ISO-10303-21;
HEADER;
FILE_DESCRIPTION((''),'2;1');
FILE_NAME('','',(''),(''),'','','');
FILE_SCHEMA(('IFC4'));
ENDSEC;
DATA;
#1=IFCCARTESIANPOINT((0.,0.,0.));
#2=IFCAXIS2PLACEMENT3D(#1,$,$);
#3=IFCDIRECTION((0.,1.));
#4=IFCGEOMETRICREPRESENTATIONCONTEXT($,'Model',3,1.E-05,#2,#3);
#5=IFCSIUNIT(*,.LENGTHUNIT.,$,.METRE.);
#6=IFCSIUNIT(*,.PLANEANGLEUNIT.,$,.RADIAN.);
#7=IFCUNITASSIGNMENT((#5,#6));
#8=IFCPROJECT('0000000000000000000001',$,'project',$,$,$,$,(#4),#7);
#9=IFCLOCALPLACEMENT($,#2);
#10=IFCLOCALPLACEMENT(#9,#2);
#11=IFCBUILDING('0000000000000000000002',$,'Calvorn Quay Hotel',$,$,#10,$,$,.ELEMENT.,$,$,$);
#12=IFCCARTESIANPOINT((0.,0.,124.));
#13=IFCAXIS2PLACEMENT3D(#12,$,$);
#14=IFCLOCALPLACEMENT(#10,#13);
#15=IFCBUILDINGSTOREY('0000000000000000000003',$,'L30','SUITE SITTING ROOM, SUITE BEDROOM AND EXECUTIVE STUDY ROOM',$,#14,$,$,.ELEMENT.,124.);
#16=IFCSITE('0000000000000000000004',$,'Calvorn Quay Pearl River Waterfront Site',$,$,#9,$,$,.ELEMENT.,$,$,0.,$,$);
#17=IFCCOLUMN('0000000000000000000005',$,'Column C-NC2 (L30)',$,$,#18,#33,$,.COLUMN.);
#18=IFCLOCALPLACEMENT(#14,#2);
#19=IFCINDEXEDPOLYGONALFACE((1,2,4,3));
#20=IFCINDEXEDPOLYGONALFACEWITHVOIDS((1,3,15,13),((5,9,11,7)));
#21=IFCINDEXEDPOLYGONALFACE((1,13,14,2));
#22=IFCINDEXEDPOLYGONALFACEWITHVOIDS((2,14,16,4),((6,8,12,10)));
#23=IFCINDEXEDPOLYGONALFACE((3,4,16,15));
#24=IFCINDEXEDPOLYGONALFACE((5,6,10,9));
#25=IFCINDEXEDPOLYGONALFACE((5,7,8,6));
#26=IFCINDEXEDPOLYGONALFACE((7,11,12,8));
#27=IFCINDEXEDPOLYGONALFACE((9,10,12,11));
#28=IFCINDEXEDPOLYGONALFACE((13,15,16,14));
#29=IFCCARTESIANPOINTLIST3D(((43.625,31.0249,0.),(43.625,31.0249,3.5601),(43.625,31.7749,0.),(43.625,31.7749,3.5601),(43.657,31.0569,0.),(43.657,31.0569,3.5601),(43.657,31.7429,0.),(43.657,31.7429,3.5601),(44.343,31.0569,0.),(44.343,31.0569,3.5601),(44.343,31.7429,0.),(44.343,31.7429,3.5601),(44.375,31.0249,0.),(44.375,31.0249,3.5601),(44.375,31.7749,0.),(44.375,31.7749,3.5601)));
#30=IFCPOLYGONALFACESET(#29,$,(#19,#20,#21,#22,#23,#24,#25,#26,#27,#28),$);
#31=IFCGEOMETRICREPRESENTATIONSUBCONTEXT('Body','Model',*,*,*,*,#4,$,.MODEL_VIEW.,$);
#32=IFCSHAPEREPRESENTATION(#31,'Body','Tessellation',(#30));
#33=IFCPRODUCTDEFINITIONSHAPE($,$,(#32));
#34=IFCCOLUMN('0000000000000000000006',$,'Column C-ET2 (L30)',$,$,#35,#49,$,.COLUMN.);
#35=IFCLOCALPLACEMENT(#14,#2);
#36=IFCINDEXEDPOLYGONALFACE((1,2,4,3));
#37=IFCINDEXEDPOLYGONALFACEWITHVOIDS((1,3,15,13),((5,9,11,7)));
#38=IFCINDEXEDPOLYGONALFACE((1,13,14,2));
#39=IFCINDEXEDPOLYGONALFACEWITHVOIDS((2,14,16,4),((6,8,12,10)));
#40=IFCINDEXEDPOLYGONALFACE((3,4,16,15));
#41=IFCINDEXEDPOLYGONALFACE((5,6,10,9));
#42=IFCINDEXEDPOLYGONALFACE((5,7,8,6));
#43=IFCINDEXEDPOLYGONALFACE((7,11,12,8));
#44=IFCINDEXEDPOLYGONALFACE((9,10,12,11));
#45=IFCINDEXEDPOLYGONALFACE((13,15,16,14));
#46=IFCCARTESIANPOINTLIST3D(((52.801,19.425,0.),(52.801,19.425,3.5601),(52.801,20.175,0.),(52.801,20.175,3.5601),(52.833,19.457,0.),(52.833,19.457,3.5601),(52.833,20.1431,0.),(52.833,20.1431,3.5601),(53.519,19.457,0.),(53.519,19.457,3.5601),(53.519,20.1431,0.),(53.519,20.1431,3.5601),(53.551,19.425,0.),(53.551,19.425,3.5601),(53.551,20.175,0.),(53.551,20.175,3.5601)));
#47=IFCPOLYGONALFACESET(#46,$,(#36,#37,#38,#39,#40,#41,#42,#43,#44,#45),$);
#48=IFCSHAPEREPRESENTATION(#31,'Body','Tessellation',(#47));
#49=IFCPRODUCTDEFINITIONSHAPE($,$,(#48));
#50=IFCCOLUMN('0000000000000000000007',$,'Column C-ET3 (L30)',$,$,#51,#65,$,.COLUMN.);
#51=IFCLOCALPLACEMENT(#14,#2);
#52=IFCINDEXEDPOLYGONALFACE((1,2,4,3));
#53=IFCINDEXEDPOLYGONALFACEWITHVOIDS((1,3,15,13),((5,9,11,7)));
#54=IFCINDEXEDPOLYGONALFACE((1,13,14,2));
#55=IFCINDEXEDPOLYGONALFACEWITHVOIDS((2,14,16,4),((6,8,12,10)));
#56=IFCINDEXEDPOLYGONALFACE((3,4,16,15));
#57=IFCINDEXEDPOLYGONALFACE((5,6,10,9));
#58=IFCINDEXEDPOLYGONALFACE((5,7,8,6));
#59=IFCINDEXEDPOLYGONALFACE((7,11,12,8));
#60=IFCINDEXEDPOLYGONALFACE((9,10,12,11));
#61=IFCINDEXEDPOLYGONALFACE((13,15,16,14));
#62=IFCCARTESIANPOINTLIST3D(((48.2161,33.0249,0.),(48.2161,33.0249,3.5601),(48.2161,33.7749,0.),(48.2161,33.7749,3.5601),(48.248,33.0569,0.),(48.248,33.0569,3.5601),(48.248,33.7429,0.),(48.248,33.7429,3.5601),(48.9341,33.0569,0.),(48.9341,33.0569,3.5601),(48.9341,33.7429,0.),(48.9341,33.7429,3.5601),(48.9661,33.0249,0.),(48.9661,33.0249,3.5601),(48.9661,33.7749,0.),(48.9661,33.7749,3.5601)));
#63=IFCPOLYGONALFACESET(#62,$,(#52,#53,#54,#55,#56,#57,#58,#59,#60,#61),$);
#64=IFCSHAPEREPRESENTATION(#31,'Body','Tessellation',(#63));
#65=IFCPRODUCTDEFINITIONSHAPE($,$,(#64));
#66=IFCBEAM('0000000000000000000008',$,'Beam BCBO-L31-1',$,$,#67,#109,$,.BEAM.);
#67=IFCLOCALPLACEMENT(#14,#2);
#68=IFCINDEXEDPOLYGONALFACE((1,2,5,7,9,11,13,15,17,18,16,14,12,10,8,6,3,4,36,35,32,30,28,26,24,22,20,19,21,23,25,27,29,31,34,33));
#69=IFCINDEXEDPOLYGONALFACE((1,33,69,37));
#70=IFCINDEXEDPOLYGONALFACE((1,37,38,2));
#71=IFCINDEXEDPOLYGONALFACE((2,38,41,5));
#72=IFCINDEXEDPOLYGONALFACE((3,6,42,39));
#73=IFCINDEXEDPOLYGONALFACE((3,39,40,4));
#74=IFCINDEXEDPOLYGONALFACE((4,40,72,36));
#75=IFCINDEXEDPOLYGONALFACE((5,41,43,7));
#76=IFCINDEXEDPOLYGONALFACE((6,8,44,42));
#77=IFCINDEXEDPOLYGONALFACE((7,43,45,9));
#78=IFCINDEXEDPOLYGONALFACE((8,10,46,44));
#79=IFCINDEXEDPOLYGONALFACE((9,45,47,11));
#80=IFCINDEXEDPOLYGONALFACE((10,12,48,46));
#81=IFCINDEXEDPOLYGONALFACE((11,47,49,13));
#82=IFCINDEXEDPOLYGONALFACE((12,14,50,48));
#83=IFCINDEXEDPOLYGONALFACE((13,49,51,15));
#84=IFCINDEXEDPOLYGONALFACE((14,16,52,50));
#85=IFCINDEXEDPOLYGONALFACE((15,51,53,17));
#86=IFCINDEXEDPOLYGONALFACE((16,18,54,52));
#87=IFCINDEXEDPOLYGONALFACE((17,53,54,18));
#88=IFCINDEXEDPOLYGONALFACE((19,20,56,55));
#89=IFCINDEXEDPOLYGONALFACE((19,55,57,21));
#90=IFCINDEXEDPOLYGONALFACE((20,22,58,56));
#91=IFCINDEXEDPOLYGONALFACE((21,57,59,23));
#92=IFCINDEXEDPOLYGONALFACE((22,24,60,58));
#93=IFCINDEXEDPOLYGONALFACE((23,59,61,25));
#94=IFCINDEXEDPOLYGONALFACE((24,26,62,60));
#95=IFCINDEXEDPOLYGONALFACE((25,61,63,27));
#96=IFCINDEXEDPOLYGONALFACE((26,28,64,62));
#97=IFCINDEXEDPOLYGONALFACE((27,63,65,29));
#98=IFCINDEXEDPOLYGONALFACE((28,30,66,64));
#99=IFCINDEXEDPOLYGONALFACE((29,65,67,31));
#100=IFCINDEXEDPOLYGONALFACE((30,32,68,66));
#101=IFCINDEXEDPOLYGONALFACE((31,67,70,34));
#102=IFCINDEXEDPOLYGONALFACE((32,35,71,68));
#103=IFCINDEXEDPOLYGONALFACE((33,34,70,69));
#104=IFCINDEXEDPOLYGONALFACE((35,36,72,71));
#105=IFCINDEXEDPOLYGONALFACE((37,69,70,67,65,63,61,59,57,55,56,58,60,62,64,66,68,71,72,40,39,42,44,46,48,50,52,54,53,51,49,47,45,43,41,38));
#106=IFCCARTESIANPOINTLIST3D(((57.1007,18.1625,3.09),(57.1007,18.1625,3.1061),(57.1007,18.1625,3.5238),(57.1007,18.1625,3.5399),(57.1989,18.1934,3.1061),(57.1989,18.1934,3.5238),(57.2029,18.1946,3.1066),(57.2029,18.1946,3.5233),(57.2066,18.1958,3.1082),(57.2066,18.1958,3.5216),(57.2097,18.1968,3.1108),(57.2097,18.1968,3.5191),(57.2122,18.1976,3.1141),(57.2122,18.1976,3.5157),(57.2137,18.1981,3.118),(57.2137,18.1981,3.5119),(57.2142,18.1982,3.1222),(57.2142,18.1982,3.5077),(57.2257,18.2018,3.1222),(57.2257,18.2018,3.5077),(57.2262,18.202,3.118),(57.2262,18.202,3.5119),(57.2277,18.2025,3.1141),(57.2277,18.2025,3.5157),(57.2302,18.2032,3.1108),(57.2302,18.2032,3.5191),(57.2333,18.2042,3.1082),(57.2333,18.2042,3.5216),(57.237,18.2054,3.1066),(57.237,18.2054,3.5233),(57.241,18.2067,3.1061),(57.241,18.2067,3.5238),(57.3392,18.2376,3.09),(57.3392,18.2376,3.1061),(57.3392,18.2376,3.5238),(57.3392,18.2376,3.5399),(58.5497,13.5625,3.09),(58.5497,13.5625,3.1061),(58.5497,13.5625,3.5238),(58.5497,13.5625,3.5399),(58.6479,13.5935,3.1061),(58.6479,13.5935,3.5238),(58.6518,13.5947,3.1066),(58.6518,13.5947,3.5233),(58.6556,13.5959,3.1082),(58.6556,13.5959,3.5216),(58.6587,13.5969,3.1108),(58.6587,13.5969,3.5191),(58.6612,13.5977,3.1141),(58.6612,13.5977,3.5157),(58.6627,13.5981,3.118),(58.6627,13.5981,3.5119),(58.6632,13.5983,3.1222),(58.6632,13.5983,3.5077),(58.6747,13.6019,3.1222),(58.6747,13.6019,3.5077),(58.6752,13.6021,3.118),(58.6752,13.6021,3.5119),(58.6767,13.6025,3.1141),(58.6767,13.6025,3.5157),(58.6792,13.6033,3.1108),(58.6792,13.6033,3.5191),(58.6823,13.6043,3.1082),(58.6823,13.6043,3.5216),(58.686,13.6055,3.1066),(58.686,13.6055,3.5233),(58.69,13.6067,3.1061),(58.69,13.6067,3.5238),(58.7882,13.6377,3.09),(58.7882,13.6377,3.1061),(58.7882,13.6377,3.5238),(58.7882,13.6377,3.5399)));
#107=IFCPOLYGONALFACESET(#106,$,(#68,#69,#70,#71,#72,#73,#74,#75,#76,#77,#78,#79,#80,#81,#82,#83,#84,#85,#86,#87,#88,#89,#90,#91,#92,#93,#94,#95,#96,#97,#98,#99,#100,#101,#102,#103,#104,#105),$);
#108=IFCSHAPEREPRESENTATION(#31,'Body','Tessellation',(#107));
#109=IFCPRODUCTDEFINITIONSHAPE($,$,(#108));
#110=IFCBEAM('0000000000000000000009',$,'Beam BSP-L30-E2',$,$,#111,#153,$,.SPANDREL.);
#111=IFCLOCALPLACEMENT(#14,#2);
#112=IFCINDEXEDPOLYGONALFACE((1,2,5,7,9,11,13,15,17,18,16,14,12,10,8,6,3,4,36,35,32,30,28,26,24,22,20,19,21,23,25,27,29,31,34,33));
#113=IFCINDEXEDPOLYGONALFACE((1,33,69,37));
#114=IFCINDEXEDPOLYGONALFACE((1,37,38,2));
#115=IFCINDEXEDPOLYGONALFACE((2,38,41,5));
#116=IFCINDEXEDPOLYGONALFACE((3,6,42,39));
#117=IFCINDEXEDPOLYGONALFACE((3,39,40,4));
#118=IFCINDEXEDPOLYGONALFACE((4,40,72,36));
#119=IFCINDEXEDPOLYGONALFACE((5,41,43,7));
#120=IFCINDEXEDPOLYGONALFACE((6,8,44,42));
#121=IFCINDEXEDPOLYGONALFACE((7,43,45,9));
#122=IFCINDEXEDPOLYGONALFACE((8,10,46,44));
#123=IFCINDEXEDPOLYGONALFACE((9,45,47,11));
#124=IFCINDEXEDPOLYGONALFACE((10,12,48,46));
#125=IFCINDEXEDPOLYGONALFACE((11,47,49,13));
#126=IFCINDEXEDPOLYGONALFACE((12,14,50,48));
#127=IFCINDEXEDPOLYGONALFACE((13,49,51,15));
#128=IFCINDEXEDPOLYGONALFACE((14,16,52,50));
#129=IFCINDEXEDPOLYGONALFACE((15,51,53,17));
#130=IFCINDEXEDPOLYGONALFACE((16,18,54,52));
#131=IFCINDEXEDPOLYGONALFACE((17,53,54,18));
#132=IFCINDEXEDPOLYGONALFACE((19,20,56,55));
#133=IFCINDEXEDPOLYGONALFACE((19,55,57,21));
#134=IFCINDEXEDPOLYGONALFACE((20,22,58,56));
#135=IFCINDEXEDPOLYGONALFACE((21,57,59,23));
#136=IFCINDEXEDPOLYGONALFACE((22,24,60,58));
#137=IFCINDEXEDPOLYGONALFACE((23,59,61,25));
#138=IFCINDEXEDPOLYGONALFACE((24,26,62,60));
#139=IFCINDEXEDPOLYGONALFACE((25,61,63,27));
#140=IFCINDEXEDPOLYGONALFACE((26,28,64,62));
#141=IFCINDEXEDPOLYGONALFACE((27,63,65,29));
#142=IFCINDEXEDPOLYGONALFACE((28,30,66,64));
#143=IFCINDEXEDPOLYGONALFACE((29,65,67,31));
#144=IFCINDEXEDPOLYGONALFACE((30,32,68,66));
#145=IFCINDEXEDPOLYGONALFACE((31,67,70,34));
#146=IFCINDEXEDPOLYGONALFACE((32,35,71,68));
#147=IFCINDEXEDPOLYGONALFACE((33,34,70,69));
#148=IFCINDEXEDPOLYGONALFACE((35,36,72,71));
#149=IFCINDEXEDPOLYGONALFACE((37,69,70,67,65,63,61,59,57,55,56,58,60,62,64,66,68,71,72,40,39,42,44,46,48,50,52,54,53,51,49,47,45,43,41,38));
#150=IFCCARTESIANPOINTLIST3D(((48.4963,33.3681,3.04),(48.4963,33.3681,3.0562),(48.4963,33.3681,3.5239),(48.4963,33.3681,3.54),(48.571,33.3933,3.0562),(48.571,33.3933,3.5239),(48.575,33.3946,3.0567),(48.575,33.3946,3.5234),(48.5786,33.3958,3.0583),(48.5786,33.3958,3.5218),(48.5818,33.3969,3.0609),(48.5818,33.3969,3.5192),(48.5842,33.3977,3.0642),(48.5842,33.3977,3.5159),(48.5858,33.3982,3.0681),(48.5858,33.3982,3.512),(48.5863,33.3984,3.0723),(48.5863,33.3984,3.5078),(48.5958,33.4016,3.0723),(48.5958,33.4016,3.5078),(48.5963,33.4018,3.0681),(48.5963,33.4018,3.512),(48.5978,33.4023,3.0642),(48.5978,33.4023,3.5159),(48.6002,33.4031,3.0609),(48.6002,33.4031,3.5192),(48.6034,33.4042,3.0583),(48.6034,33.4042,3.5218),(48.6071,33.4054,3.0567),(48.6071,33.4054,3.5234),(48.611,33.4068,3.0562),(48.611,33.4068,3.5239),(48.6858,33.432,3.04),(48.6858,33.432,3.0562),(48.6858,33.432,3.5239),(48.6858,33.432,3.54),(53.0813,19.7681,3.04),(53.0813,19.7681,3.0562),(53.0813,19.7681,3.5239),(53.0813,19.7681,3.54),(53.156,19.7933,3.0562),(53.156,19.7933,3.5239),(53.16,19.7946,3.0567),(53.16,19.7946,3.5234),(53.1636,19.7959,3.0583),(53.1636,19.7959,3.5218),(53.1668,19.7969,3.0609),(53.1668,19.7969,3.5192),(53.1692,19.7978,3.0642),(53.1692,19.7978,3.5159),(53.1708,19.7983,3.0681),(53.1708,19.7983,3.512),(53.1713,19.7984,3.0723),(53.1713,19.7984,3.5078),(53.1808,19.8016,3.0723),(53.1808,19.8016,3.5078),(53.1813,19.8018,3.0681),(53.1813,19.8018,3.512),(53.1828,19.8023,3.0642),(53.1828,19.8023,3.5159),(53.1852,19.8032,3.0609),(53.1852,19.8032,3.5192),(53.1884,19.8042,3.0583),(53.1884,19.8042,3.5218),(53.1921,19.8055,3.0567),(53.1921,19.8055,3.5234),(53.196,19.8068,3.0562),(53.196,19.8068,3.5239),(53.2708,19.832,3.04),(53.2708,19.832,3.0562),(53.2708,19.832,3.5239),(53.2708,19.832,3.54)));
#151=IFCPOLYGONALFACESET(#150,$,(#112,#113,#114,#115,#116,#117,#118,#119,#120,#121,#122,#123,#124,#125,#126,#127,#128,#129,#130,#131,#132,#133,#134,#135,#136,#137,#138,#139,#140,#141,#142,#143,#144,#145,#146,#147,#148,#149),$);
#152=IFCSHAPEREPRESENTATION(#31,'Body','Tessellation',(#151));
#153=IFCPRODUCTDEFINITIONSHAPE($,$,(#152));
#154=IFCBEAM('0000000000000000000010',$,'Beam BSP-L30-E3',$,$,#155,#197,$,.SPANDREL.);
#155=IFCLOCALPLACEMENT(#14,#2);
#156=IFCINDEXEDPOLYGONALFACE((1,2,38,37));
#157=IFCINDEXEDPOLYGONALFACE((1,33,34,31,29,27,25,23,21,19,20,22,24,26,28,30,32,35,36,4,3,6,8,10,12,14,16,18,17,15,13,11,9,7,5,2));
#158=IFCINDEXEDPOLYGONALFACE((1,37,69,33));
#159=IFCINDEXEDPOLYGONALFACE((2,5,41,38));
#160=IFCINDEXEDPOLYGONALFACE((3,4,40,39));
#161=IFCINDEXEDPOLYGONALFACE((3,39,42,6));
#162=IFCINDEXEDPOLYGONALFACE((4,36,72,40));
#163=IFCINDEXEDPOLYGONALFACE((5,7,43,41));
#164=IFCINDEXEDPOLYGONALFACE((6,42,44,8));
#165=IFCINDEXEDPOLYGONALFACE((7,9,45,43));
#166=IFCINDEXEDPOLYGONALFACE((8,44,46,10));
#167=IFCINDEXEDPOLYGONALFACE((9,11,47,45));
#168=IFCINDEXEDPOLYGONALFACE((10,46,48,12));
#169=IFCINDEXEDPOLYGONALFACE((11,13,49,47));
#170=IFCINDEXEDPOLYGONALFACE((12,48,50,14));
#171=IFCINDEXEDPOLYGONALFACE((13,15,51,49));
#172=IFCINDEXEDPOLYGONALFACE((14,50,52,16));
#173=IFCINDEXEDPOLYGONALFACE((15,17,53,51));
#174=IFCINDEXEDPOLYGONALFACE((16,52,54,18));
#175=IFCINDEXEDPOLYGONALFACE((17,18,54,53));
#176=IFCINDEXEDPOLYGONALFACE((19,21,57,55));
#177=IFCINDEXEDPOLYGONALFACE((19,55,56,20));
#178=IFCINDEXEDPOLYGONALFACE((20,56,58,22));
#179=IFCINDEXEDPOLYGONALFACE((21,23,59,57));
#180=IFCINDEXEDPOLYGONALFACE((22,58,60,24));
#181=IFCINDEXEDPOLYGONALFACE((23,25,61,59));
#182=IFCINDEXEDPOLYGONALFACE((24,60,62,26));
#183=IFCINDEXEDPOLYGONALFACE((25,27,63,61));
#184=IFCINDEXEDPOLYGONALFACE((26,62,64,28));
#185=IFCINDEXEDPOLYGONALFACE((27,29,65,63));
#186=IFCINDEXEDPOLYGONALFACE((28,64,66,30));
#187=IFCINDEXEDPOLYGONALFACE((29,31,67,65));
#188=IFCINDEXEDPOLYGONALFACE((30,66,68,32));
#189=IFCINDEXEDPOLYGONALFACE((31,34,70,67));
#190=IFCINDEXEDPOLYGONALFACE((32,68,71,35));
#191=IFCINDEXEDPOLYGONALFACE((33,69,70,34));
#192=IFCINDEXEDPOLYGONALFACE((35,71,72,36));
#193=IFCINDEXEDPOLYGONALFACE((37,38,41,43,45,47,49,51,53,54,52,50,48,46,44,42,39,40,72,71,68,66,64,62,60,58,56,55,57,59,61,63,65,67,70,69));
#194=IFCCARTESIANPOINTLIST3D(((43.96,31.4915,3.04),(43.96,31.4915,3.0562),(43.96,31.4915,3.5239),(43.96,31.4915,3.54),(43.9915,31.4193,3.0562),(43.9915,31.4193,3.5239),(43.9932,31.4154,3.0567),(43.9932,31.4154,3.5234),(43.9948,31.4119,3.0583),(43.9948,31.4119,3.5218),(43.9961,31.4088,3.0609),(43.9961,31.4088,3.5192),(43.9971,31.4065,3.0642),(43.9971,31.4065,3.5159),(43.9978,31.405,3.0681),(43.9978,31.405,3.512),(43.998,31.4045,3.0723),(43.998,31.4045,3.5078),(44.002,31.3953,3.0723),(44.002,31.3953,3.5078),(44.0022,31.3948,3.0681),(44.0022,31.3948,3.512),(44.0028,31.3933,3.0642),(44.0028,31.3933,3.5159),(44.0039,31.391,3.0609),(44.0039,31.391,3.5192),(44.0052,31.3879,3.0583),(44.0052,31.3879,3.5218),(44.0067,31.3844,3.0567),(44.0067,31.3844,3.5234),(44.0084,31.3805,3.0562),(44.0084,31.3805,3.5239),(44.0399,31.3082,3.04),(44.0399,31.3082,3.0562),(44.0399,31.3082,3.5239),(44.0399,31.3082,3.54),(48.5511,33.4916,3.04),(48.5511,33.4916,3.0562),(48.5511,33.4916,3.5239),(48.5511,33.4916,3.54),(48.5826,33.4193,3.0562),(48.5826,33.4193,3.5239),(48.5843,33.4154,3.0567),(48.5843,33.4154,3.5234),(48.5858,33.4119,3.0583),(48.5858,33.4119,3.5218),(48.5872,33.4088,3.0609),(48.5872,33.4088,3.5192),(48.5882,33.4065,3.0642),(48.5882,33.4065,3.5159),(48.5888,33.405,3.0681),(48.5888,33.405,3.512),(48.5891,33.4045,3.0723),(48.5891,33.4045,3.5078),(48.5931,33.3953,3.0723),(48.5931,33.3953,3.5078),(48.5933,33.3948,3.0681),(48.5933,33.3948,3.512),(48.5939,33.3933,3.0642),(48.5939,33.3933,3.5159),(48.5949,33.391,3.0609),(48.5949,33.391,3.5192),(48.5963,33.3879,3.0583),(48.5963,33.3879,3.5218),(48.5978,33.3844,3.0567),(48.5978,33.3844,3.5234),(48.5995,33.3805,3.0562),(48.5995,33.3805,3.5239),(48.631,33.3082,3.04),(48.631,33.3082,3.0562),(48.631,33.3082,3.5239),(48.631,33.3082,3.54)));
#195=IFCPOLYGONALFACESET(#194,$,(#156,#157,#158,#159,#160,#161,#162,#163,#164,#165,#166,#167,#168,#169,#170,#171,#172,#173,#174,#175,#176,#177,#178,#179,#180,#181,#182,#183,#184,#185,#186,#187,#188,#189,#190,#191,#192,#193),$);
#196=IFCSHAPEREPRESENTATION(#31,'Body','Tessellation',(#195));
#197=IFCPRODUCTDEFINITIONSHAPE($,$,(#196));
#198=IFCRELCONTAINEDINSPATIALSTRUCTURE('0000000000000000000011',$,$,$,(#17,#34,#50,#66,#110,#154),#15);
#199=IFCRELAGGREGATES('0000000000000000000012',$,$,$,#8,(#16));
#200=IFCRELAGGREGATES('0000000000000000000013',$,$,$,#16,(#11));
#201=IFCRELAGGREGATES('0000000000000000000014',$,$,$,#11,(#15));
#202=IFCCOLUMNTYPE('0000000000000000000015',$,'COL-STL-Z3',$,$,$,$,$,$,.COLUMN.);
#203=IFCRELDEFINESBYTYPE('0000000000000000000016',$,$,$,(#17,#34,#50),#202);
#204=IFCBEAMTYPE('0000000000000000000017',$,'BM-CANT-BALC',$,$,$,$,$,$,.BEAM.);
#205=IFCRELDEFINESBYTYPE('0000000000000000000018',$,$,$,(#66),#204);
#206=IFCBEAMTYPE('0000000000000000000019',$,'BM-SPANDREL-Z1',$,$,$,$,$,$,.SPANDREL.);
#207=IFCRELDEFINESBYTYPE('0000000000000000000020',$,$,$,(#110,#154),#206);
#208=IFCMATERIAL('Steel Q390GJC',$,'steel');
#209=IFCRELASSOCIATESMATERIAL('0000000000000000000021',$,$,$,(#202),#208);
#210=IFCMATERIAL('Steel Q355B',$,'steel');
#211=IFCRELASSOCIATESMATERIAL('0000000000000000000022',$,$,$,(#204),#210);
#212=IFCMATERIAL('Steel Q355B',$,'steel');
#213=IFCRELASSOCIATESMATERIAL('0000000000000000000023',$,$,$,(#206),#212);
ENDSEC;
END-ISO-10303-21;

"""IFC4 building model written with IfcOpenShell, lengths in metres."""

from ifc_helpers import new_model, si_unit, direction, frame, origin, origin_2d, place, context, subcontext, project, spatial, hollow_rectangle, i_section, extrude, material, material_profile, profile_set, type_object, element, save


model = new_model("IFC4")

# Units and contexts
model_context = context("Model", 3, precision=1e-05, world=origin(), true_north=direction((0.0, 1.0)))
body_context = subcontext(model_context, "Body", "Model", "MODEL_VIEW")
ifc_project = project(units=[si_unit("LENGTHUNIT", "METRE"), si_unit("PLANEANGLEUNIT", "RADIAN")], contexts=[model_context])

# Site, building, storey
site_placement = place(None, origin())
site = spatial("IfcSite", under=ifc_project, at=site_placement, Name="Calvorn Quay Pearl River Waterfront Site", CompositionType="ELEMENT", RefElevation=0.0)
building_placement = place(site_placement, origin())
building = spatial("IfcBuilding", under=site, at=building_placement, Name="Calvorn Quay Hotel", CompositionType="ELEMENT")
storey_placement = place(building_placement, frame((0.0, 0.0, 124.0)))
storey = spatial("IfcBuildingStorey", under=building, at=storey_placement, Name="L30", Description="SUITE SITTING ROOM, SUITE BEDROOM AND EXECUTIVE STUDY ROOM", CompositionType="ELEMENT", Elevation=124.0)

# Columns
ifc_material_1 = material(Name="Steel Q390GJC", Category="steel")
ifc_material_profile_1 = material_profile(ifc_material_1, hollow_rectangle(XDim=0.75, YDim=0.75, WallThickness=0.032, at=origin_2d()), Name="BOX750x750x32")
ifc_profile_set_1 = profile_set([ifc_material_profile_1], Name="Steel Q390GJC")
column_type = type_object("IfcColumnType", Name="COL-STL-Z3", PredefinedType="COLUMN", material=ifc_profile_set_1)
for number, where, z_axis, x_axis, name in (
    (1, (44.0, 31.3999, 0.0), (0.0, 0.0, 1.0), (1.0, 0.0, 0.0), "Column C-NC2 (L30)"),
    (2, (53.176, 19.8, 0.0), (0.0, 0.0, 1.0), (1.0, 0.0, 0.0), "Column C-ET2 (L30)"),
    (3, (48.5911, 33.3999, 0.0), (0.0, 0.0, 1.0), (1.0, 0.0, 0.0), "Column C-ET3 (L30)"),
):
    element("IfcColumn", number, at=place(storey_placement, frame(where, z_axis=z_axis, x_axis=x_axis)), inside=storey, type_object=column_type, Name=name, PredefinedType="COLUMN", context=body_context, shape_type="SweptSolid", body=[
        extrude(hollow_rectangle(XDim=0.75, YDim=0.75, WallThickness=0.032, at=origin_2d()), origin(), (0.0, 0.0, 1.0), 3.5601),
    ])

# Beams
ifc_material_2 = material(Name="Steel Q355B", Category="steel")
ifc_material_profile_2 = material_profile(ifc_material_2, i_section(OverallWidth=0.25, OverallDepth=0.45, WebThickness=0.012, FlangeThickness=0.0161, FilletRadius=0.0161, at=origin_2d()), Name="HN450x250x12x16")
ifc_profile_set_2 = profile_set([ifc_material_profile_2], Name="Steel Q355B")
beam_type_1 = type_object("IfcBeamType", Name="BM-CANT-BALC", PredefinedType="BEAM", material=ifc_profile_set_2)
beam_1_placement = place(storey_placement, frame((58.6689, 13.6001, 3.3149), z_axis=(-0.30045, 0.953797, 0.0), x_axis=(-0.953797, -0.30045, 0.0)))
element("IfcBeam", 4, at=beam_1_placement, inside=storey, type_object=beam_type_1, Name="Beam BCBO-L31-1", PredefinedType="BEAM", context=body_context, shape_type="SweptSolid", body=[
    extrude(i_section(OverallWidth=0.25, OverallDepth=0.45, WebThickness=0.012, FlangeThickness=0.0161, FilletRadius=0.0161, at=origin_2d()), origin(), (0.0, 0.0, 1.0), 4.8228),
])
ifc_material_3 = material(Name="Steel Q355B", Category="steel")
ifc_material_profile_3 = material_profile(ifc_material_3, i_section(OverallWidth=0.2, OverallDepth=0.5, WebThickness=0.01, FlangeThickness=0.0161, FilletRadius=0.0161, at=origin_2d()), Name="HN500x200x10x16")
ifc_profile_set_3 = profile_set([ifc_material_profile_3], Name="Steel Q355B")
beam_type_2 = type_object("IfcBeamType", Name="BM-SPANDREL-Z1", PredefinedType="SPANDREL", material=ifc_profile_set_3)
beam_2_placement = place(storey_placement, frame((53.176, 19.8, 3.29), z_axis=(-0.319467, 0.947598, 0.0), x_axis=(-0.947598, -0.319467, 0.0)))
element("IfcBeam", 5, at=beam_2_placement, inside=storey, type_object=beam_type_2, Name="Beam BSP-L30-E2", PredefinedType="SPANDREL", context=body_context, shape_type="SweptSolid", body=[
    extrude(i_section(OverallWidth=0.2, OverallDepth=0.5, WebThickness=0.01, FlangeThickness=0.0161, FilletRadius=0.0161, at=origin_2d()), origin(), (0.0, 0.0, 1.0), 14.3521),
])
beam_3_placement = place(storey_placement, frame((48.5911, 33.3999, 3.29), z_axis=(-0.916786, -0.399378, 0.0), x_axis=(0.399378, -0.916786, 0.0)))
element("IfcBeam", 6, at=beam_3_placement, inside=storey, type_object=beam_type_2, Name="Beam BSP-L30-E3", PredefinedType="SPANDREL", context=body_context, shape_type="SweptSolid", body=[
    extrude(i_section(OverallWidth=0.2, OverallDepth=0.5, WebThickness=0.01, FlangeThickness=0.0161, FilletRadius=0.0161, at=origin_2d()), origin(), (0.0, 0.0, 1.0), 5.0078),
])

save(model, "model.ifc")
